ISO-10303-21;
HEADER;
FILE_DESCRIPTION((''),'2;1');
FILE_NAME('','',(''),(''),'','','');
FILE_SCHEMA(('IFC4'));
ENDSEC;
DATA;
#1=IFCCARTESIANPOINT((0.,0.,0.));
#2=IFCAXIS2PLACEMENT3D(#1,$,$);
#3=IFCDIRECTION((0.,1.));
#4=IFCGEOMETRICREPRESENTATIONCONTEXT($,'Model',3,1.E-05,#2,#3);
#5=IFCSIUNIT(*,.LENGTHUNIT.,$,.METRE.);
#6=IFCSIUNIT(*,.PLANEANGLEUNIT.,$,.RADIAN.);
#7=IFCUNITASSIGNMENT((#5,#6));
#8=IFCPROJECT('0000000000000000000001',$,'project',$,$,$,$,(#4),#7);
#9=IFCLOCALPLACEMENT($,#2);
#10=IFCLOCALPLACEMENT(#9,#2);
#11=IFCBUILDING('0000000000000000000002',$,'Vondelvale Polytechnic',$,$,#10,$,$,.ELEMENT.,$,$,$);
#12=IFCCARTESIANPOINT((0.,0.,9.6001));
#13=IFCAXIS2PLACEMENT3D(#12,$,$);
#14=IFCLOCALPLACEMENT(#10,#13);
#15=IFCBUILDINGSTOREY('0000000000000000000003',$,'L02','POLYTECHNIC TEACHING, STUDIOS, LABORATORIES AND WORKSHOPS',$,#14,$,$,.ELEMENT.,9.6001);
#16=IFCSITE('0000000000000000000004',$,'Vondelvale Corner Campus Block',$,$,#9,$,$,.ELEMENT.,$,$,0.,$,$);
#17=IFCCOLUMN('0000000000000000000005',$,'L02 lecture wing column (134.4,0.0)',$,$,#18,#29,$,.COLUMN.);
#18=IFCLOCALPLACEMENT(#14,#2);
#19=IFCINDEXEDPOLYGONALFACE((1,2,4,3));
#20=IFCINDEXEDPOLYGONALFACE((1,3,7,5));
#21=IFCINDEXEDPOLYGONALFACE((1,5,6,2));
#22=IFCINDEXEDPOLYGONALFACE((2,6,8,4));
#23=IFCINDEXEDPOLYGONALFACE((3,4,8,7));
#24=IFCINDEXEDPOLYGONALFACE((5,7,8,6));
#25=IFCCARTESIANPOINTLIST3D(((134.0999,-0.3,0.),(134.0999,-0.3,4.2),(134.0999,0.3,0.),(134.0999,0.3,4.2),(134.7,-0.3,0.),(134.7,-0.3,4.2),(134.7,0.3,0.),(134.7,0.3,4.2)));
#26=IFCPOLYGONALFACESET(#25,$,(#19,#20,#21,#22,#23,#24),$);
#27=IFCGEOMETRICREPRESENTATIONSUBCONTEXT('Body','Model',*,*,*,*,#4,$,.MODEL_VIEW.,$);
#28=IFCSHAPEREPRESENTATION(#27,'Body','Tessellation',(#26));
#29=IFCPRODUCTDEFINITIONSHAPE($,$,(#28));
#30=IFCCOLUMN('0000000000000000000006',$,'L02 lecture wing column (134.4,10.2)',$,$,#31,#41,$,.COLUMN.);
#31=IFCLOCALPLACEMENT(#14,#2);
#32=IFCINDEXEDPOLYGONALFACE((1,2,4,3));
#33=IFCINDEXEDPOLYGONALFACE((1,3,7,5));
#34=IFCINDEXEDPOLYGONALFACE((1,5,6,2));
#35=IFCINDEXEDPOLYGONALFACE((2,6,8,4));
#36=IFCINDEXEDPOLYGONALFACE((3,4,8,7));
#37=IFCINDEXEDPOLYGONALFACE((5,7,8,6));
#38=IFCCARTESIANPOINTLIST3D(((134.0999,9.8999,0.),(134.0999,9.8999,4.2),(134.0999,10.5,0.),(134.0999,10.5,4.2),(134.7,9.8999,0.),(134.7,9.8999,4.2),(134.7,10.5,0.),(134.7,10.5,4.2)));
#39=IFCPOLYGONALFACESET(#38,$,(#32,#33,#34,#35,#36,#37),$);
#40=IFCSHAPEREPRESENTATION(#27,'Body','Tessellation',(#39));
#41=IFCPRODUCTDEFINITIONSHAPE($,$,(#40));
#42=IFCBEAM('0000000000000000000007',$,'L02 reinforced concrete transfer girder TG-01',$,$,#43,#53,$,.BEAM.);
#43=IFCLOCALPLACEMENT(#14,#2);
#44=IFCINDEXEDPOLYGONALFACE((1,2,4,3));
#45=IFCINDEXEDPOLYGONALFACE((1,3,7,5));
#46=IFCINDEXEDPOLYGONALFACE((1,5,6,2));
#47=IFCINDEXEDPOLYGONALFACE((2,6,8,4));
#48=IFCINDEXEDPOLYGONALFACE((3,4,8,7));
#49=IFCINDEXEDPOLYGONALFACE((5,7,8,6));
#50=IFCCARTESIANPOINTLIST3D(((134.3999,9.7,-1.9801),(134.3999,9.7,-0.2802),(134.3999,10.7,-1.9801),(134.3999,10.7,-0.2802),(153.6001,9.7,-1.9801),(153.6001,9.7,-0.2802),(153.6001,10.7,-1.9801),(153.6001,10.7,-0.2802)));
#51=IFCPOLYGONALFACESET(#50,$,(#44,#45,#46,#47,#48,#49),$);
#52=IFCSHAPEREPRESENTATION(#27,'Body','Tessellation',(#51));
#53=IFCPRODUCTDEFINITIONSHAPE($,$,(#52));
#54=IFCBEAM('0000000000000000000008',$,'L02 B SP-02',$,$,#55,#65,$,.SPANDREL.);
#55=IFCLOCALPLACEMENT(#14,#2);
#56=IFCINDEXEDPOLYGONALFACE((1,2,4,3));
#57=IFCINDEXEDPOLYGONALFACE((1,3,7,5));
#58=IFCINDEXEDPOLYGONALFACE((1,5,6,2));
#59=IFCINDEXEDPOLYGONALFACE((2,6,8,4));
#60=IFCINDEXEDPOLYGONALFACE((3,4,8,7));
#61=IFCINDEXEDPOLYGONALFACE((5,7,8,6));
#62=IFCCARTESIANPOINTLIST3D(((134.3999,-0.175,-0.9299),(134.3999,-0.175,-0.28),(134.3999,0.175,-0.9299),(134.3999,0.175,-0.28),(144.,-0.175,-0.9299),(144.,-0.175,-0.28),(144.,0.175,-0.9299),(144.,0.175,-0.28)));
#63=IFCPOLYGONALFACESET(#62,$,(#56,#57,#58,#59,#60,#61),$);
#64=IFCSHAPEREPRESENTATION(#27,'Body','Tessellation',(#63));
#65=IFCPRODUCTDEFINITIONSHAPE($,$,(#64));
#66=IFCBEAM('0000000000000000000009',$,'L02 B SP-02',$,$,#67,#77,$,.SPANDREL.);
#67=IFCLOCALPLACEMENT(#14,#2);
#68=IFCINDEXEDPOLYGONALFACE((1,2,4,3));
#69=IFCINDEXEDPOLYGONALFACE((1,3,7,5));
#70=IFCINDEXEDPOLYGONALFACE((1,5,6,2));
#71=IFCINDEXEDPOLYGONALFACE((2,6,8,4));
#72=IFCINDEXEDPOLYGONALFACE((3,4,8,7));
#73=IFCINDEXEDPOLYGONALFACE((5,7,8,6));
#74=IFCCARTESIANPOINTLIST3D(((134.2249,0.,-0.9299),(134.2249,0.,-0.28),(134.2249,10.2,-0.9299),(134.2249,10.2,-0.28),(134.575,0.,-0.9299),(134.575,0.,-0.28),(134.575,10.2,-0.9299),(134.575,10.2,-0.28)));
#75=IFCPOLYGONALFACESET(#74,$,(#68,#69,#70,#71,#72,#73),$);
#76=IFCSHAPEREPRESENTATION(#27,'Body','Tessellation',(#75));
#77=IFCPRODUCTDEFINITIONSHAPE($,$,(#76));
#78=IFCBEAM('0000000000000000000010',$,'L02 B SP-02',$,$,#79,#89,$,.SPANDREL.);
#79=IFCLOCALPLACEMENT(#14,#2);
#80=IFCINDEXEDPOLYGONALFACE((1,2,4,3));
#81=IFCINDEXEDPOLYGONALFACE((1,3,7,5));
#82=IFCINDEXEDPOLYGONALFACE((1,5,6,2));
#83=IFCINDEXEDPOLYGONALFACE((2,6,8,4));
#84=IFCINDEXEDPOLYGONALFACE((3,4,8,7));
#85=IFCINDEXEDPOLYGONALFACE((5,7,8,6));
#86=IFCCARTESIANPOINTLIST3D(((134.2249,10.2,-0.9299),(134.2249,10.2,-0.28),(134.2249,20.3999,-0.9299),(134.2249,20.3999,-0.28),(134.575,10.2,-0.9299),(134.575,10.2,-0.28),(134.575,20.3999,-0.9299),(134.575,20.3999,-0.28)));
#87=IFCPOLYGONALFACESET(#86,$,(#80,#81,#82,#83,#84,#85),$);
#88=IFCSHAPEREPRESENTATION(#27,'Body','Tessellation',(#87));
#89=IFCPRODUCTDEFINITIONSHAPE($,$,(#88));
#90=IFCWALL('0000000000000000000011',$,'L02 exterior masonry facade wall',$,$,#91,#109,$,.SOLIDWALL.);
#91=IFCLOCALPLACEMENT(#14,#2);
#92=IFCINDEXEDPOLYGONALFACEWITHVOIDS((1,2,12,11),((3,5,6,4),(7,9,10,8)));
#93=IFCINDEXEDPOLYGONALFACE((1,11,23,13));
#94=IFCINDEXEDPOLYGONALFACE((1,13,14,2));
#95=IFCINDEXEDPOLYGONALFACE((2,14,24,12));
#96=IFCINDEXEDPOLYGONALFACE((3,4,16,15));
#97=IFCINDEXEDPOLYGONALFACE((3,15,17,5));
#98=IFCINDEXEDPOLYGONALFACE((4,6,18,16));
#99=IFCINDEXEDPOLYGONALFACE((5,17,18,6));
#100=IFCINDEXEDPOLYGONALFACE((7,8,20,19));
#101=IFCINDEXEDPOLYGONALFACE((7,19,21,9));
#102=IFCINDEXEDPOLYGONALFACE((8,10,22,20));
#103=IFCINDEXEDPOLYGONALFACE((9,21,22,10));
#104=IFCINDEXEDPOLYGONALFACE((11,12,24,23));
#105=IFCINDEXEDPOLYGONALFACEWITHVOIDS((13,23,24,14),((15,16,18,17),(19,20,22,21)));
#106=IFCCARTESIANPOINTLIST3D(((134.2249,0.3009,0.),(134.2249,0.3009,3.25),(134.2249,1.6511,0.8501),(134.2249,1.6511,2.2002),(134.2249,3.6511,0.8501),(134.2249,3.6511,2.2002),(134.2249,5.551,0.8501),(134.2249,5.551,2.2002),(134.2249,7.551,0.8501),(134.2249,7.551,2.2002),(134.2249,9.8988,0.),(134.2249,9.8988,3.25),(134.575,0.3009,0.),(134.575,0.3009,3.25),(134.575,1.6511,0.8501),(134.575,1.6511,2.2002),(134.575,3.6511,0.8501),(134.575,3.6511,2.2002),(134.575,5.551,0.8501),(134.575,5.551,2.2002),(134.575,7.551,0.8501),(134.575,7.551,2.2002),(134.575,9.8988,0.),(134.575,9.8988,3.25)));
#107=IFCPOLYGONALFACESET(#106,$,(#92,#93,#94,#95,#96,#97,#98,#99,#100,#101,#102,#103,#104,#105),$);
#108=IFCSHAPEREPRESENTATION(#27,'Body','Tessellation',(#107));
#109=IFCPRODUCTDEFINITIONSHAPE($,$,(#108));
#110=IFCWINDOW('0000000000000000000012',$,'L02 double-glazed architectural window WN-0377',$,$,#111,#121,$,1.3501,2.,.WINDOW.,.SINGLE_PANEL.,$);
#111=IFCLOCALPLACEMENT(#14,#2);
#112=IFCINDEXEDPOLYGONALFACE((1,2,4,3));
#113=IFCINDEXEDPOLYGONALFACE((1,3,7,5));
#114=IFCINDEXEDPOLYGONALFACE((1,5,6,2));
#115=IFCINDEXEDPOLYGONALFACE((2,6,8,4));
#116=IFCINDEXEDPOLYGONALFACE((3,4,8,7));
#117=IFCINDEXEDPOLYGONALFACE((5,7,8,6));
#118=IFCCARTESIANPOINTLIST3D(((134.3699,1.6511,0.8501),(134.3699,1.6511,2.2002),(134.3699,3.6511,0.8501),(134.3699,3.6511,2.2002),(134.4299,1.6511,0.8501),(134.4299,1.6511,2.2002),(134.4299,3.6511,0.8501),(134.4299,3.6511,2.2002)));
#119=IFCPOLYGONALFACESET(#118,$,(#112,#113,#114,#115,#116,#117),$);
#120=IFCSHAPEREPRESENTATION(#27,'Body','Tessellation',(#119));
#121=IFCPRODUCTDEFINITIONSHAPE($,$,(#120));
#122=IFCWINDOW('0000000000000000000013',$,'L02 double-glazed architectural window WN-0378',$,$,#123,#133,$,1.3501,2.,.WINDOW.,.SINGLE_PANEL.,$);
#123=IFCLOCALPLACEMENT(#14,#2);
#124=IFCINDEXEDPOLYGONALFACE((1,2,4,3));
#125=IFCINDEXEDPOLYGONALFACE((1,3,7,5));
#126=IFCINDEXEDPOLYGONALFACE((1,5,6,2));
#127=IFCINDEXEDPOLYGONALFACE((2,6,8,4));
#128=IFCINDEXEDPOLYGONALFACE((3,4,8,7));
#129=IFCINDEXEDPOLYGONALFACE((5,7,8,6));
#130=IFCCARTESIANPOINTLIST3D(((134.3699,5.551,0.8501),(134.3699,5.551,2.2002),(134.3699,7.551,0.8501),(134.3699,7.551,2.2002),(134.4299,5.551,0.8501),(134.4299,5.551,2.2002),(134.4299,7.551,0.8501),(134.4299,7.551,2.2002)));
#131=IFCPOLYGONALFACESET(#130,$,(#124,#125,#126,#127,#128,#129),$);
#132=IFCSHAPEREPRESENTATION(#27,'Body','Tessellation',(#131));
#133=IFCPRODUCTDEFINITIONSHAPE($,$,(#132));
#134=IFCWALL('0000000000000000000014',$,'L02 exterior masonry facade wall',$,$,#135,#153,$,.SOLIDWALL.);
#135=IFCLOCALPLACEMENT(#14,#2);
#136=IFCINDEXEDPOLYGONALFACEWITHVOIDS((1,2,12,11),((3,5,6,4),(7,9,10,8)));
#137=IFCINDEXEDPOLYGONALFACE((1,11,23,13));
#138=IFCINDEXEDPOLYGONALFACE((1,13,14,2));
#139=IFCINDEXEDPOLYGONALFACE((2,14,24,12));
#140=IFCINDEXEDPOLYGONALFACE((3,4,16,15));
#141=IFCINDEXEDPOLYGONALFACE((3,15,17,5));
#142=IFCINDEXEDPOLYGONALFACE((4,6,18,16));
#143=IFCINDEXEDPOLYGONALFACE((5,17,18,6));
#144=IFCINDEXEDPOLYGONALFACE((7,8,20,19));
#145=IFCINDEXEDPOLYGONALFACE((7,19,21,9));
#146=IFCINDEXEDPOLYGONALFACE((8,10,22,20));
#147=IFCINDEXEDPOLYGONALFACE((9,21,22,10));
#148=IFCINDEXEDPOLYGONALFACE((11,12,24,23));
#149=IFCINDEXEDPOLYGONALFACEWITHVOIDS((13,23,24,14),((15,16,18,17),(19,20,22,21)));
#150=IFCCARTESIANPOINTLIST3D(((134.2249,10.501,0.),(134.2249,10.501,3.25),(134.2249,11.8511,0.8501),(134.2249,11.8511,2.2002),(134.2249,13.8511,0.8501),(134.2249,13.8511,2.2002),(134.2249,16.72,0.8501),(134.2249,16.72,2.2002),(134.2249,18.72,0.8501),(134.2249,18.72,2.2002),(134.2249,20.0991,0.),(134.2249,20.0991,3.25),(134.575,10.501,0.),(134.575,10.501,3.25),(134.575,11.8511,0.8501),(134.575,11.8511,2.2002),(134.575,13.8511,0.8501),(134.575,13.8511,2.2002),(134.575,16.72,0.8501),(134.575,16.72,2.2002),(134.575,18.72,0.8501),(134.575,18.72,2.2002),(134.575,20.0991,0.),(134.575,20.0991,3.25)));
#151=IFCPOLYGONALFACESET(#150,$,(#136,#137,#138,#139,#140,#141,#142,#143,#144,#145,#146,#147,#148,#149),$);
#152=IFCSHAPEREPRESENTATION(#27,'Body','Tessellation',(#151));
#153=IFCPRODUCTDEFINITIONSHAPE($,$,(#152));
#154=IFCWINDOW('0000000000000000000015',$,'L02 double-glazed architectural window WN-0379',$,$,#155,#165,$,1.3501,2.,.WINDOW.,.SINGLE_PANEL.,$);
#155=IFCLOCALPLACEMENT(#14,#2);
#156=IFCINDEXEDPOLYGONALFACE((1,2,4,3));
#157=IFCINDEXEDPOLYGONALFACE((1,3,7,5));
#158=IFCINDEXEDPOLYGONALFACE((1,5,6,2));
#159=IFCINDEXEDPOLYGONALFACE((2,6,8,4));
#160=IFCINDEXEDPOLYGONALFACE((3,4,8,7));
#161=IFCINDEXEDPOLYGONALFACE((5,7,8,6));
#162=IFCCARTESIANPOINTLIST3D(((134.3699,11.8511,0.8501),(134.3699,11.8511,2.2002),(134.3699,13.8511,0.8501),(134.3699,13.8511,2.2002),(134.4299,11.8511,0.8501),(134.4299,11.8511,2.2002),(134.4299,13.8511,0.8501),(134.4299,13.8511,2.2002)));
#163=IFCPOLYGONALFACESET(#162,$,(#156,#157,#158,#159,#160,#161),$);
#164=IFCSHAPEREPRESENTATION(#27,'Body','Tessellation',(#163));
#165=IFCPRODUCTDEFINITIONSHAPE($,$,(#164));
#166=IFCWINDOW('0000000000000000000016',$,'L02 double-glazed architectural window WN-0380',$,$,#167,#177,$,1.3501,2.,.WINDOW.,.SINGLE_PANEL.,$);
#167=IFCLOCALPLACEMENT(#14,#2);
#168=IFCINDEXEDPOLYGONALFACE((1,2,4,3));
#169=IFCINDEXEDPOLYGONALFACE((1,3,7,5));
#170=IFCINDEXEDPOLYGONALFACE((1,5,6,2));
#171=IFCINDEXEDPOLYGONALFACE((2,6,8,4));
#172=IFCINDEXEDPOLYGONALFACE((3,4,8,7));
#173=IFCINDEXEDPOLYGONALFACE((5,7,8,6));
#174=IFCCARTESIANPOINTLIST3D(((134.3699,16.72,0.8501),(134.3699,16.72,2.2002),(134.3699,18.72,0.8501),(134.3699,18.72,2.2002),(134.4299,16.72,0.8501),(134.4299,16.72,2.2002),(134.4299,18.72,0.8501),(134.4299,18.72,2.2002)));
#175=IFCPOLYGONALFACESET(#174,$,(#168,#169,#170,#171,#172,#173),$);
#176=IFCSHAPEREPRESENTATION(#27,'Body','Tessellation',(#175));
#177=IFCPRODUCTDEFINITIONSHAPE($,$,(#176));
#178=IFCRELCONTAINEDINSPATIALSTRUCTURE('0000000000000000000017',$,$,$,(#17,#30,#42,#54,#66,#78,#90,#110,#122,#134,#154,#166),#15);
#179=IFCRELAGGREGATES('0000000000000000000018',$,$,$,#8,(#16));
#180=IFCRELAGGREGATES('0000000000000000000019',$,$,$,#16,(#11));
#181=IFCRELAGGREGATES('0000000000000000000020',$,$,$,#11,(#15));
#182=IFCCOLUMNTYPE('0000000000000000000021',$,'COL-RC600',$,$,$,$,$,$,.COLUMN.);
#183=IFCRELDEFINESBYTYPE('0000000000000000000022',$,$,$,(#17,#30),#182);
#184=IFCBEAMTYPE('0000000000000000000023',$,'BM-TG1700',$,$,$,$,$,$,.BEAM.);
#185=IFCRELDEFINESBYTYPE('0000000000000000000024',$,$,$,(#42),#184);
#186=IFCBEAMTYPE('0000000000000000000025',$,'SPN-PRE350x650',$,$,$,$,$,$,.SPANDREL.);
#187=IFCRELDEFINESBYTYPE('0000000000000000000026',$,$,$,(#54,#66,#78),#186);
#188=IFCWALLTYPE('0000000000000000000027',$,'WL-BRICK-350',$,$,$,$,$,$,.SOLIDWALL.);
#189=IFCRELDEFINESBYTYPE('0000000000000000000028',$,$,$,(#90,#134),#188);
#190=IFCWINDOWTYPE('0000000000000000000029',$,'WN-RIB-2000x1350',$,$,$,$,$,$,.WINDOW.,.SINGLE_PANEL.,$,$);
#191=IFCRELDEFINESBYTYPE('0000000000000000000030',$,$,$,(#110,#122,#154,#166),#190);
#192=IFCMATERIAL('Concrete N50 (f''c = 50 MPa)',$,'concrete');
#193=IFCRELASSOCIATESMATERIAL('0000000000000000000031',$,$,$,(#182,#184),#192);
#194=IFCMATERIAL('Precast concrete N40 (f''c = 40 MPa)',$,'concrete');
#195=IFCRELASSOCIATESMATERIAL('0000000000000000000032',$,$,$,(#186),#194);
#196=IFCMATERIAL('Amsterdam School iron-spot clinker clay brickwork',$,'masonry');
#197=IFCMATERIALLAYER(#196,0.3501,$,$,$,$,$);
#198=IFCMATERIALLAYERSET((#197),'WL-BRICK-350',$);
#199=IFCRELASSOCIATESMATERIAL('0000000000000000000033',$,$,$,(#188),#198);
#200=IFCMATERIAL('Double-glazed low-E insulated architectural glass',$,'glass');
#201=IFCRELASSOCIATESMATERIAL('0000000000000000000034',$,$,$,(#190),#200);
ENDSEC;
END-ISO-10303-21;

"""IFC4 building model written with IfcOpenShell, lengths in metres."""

from ifc_helpers import new_model, si_unit, direction, frame, frame_2d, origin, origin_2d, place, context, subcontext, project, spatial, rectangle, extrude, material, layer, layer_set, material_profile, profile_set, type_object, element, fill, save


model = new_model("IFC4")

# Units and contexts
model_context = context("Model", 3, precision=1e-05, world=origin(), true_north=direction((0.0, 1.0)))
body_context = subcontext(model_context, "Body", "Model", "MODEL_VIEW")
ifc_project = project(units=[si_unit("LENGTHUNIT", "METRE"), si_unit("PLANEANGLEUNIT", "RADIAN")], contexts=[model_context])

# Site, building, storey
site_placement = place(None, origin())
site = spatial("IfcSite", under=ifc_project, at=site_placement, Name="Vondelvale Corner Campus Block", CompositionType="ELEMENT", RefElevation=0.0)
building_placement = place(site_placement, origin())
building = spatial("IfcBuilding", under=site, at=building_placement, Name="Vondelvale Polytechnic", CompositionType="ELEMENT")
storey_placement = place(building_placement, frame((0.0, 0.0, 9.6001)))
storey = spatial("IfcBuildingStorey", under=building, at=storey_placement, Name="L02", Description="POLYTECHNIC TEACHING, STUDIOS, LABORATORIES AND WORKSHOPS", CompositionType="ELEMENT", Elevation=9.6001)

# Columns
ifc_material_1 = material(Name="Concrete N50 (f'c = 50 MPa)", Category="concrete")
ifc_material_profile_1 = material_profile(ifc_material_1, rectangle(XDim=0.6001, YDim=0.6001, at=origin_2d()), Name="RC-COL-600x600")
ifc_profile_set_1 = profile_set([ifc_material_profile_1], Name="Concrete N50 (f'c = 50 MPa)")
column_type = type_object("IfcColumnType", Name="COL-RC600", PredefinedType="COLUMN", material=ifc_profile_set_1)
for number, where, z_axis, x_axis, name in (
    (1, (134.3999, 0.0, 0.0), (0.0, 0.0, 1.0), (1.0, 0.0, 0.0), "L02 lecture wing column (134.4,0.0)"),
    (2, (134.3999, 10.2, 0.0), (0.0, 0.0, 1.0), (1.0, 0.0, 0.0), "L02 lecture wing column (134.4,10.2)"),
):
    element("IfcColumn", number, at=place(storey_placement, frame(where, z_axis=z_axis, x_axis=x_axis)), inside=storey, type_object=column_type, Name=name, PredefinedType="COLUMN", context=body_context, shape_type="SweptSolid", body=[
        extrude(rectangle(XDim=0.6001, YDim=0.6001, at=origin_2d()), origin(), (0.0, 0.0, 1.0), 4.2),
    ])

# Beams
ifc_material_profile_2 = material_profile(ifc_material_1, rectangle(XDim=1.0, YDim=1.7, at=origin_2d()), Name="RC-TG-1000x1700")
ifc_profile_set_2 = profile_set([ifc_material_profile_2], Name="Concrete N50 (f'c = 50 MPa)")
beam_type_1 = type_object("IfcBeamType", Name="BM-TG1700", PredefinedType="BEAM", material=ifc_profile_set_2)
beam_1_placement = place(storey_placement, frame((134.3999, 10.2, -1.1301), z_axis=(1.0, 0.0, 0.0), x_axis=(0.0, 1.0, 0.0)))
element("IfcBeam", 3, at=beam_1_placement, inside=storey, type_object=beam_type_1, Name="L02 reinforced concrete transfer girder TG-01", PredefinedType="BEAM", context=body_context, shape_type="SweptSolid", body=[
    extrude(rectangle(XDim=1.0, YDim=1.7, at=origin_2d()), origin(), (0.0, 0.0, 1.0), 19.2002),
])
ifc_material_2 = material(Name="Precast concrete N40 (f'c = 40 MPa)", Category="concrete")
ifc_material_profile_3 = material_profile(ifc_material_2, rectangle(XDim=0.3501, YDim=0.6499, at=origin_2d()), Name="RC-SPN-350x650")
ifc_profile_set_3 = profile_set([ifc_material_profile_3], Name="Precast concrete N40 (f'c = 40 MPa)")
beam_type_2 = type_object("IfcBeamType", Name="SPN-PRE350x650", PredefinedType="SPANDREL", material=ifc_profile_set_3)
beam_2_placement = place(storey_placement, frame((134.3999, 0.0, -0.605), z_axis=(1.0, 0.0, 0.0), x_axis=(0.0, 1.0, 0.0)))
element("IfcBeam", 4, at=beam_2_placement, inside=storey, type_object=beam_type_2, Name="L02 B SP-02", PredefinedType="SPANDREL", context=body_context, shape_type="SweptSolid", body=[
    extrude(rectangle(XDim=0.3501, YDim=0.6499, at=origin_2d()), origin(), (0.0, 0.0, 1.0), 9.6001),
])
for number, where, z_axis, x_axis, name in (
    (5, (134.3999, 0.0, -0.605), (0.0, 1.0, 0.0), (-1.0, 0.0, 0.0), "L02 B SP-02"),
    (6, (134.3999, 10.2, -0.605), (0.0, 1.0, 0.0), (-1.0, 0.0, 0.0), "L02 B SP-02"),
):
    element("IfcBeam", number, at=place(storey_placement, frame(where, z_axis=z_axis, x_axis=x_axis)), inside=storey, type_object=beam_type_2, Name=name, PredefinedType="SPANDREL", context=body_context, shape_type="SweptSolid", body=[
        extrude(rectangle(XDim=0.3501, YDim=0.6499, at=origin_2d()), origin(), (0.0, 0.0, 1.0), 10.2),
    ])

# Walls, openings, windows
ifc_material_3 = material(Name="Amsterdam School iron-spot clinker clay brickwork", Category="masonry")
ifc_layer_1 = layer(ifc_material_3, 0.3501)
ifc_layer_set_1 = layer_set([ifc_layer_1], Name="WL-BRICK-350")
wall_type_1 = type_object("IfcWallType", Name="WL-BRICK-350", PredefinedType="SOLIDWALL", material=ifc_layer_set_1)
wall_1_placement = place(storey_placement, frame((134.3999, 0.301, 0.0), z_axis=(0.0, 0.0, 1.0), x_axis=(0.0, 1.0, 0.0)))
wall_1 = element("IfcWall", 7, at=wall_1_placement, inside=storey, type_object=wall_type_1, Name="L02 exterior masonry facade wall", PredefinedType="SOLIDWALL", context=body_context, shape_type="SweptSolid", body=[
    extrude(rectangle(XDim=9.5979, YDim=0.3501, at=frame_2d((4.7988, 0.0))), origin(), (0.0, 0.0, 1.0), 3.25),
])
opening_1_placement = place(wall_1_placement, frame((1.3501, 0.0, 0.8501)))
opening_1 = element("IfcOpeningElement", 8, at=opening_1_placement, cuts=wall_1, PredefinedType="OPENING", context=body_context, shape_type="SweptSolid", body=[
    extrude(rectangle(XDim=2.0, YDim=1.3501, at=frame_2d((1.0, 0.675))), frame((0.0, 0.1851, 0.0), z_axis=(0.0, -1.0, 0.0), x_axis=(1.0, 0.0, 0.0)), (0.0, 0.0, 1.0), 0.3701),
])
opening_2_placement = place(wall_1_placement, frame((5.25, 0.0, 0.8501)))
opening_2 = element("IfcOpeningElement", 9, at=opening_2_placement, cuts=wall_1, PredefinedType="OPENING", context=body_context, shape_type="SweptSolid", body=[
    extrude(rectangle(XDim=2.0, YDim=1.3501, at=frame_2d((1.0, 0.675))), frame((0.0, 0.1851, 0.0), z_axis=(0.0, -1.0, 0.0), x_axis=(1.0, 0.0, 0.0)), (0.0, 0.0, 1.0), 0.3701),
])
ifc_material_4 = material(Name="Double-glazed low-E insulated architectural glass", Category="glass")
window_type = type_object("IfcWindowType", Name="WN-RIB-2000x1350", PartitioningType="SINGLE_PANEL", PredefinedType="WINDOW", material=ifc_material_4)
window_1_placement = place(opening_1_placement, origin())
window_1 = element("IfcWindow", 10, at=window_1_placement, inside=storey, type_object=window_type, Name="L02 double-glazed architectural window WN-0377", OverallHeight=1.3501, OverallWidth=2.0, PartitioningType="SINGLE_PANEL", PredefinedType="WINDOW", context=body_context, shape_type="SweptSolid", body=[
    extrude(rectangle(XDim=2.0, YDim=1.3501, at=frame_2d((1.0, 0.675))), frame((0.0, 0.03, 0.0), z_axis=(0.0, -1.0, 0.0), x_axis=(1.0, 0.0, 0.0)), (0.0, 0.0, 1.0), 0.0601),
])
fill(opening_1, window_1)
window_2_placement = place(opening_2_placement, origin())
window_2 = element("IfcWindow", 11, at=window_2_placement, inside=storey, type_object=window_type, Name="L02 double-glazed architectural window WN-0378", OverallHeight=1.3501, OverallWidth=2.0, PartitioningType="SINGLE_PANEL", PredefinedType="WINDOW", context=body_context, shape_type="SweptSolid", body=[
    extrude(rectangle(XDim=2.0, YDim=1.3501, at=frame_2d((1.0, 0.675))), frame((0.0, 0.03, 0.0), z_axis=(0.0, -1.0, 0.0), x_axis=(1.0, 0.0, 0.0)), (0.0, 0.0, 1.0), 0.0601),
])
fill(opening_2, window_2)
wall_2_placement = place(storey_placement, frame((134.3999, 10.501, 0.0), z_axis=(0.0, 0.0, 1.0), x_axis=(0.0, 1.0, 0.0)))
wall_2 = element("IfcWall", 12, at=wall_2_placement, inside=storey, type_object=wall_type_1, Name="L02 exterior masonry facade wall", PredefinedType="SOLIDWALL", context=body_context, shape_type="SweptSolid", body=[
    extrude(rectangle(XDim=9.5981, YDim=0.3501, at=frame_2d((4.7991, 0.0))), origin(), (0.0, 0.0, 1.0), 3.25),
])
opening_3_placement = place(wall_2_placement, frame((1.3501, 0.0, 0.8501)))
opening_3 = element("IfcOpeningElement", 13, at=opening_3_placement, cuts=wall_2, PredefinedType="OPENING", context=body_context, shape_type="SweptSolid", body=[
    extrude(rectangle(XDim=2.0, YDim=1.3501, at=frame_2d((1.0, 0.675))), frame((0.0, 0.1851, 0.0), z_axis=(0.0, -1.0, 0.0), x_axis=(1.0, 0.0, 0.0)), (0.0, 0.0, 1.0), 0.3701),
])
opening_4_placement = place(wall_2_placement, frame((6.219, 0.0, 0.8501)))
opening_4 = element("IfcOpeningElement", 14, at=opening_4_placement, cuts=wall_2, PredefinedType="OPENING", context=body_context, shape_type="SweptSolid", body=[
    extrude(rectangle(XDim=2.0, YDim=1.3501, at=frame_2d((1.0, 0.675))), frame((0.0, 0.1851, 0.0), z_axis=(0.0, -1.0, 0.0), x_axis=(1.0, 0.0, 0.0)), (0.0, 0.0, 1.0), 0.3701),
])
window_3_placement = place(opening_3_placement, origin())
window_3 = element("IfcWindow", 15, at=window_3_placement, inside=storey, type_object=window_type, Name="L02 double-glazed architectural window WN-0379", OverallHeight=1.3501, OverallWidth=2.0, PartitioningType="SINGLE_PANEL", PredefinedType="WINDOW", context=body_context, shape_type="SweptSolid", body=[
    extrude(rectangle(XDim=2.0, YDim=1.3501, at=frame_2d((1.0, 0.675))), frame((0.0, 0.03, 0.0), z_axis=(0.0, -1.0, 0.0), x_axis=(1.0, 0.0, 0.0)), (0.0, 0.0, 1.0), 0.0601),
])
fill(opening_3, window_3)
window_4_placement = place(opening_4_placement, origin())
window_4 = element("IfcWindow", 16, at=window_4_placement, inside=storey, type_object=window_type, Name="L02 double-glazed architectural window WN-0380", OverallHeight=1.3501, OverallWidth=2.0, PartitioningType="SINGLE_PANEL", PredefinedType="WINDOW", context=body_context, shape_type="SweptSolid", body=[
    extrude(rectangle(XDim=2.0, YDim=1.3501, at=frame_2d((1.0, 0.675))), frame((0.0, 0.03, 0.0), z_axis=(0.0, -1.0, 0.0), x_axis=(1.0, 0.0, 0.0)), (0.0, 0.0, 1.0), 0.0601),
])
fill(opening_4, window_4)

save(model, "model.ifc")
